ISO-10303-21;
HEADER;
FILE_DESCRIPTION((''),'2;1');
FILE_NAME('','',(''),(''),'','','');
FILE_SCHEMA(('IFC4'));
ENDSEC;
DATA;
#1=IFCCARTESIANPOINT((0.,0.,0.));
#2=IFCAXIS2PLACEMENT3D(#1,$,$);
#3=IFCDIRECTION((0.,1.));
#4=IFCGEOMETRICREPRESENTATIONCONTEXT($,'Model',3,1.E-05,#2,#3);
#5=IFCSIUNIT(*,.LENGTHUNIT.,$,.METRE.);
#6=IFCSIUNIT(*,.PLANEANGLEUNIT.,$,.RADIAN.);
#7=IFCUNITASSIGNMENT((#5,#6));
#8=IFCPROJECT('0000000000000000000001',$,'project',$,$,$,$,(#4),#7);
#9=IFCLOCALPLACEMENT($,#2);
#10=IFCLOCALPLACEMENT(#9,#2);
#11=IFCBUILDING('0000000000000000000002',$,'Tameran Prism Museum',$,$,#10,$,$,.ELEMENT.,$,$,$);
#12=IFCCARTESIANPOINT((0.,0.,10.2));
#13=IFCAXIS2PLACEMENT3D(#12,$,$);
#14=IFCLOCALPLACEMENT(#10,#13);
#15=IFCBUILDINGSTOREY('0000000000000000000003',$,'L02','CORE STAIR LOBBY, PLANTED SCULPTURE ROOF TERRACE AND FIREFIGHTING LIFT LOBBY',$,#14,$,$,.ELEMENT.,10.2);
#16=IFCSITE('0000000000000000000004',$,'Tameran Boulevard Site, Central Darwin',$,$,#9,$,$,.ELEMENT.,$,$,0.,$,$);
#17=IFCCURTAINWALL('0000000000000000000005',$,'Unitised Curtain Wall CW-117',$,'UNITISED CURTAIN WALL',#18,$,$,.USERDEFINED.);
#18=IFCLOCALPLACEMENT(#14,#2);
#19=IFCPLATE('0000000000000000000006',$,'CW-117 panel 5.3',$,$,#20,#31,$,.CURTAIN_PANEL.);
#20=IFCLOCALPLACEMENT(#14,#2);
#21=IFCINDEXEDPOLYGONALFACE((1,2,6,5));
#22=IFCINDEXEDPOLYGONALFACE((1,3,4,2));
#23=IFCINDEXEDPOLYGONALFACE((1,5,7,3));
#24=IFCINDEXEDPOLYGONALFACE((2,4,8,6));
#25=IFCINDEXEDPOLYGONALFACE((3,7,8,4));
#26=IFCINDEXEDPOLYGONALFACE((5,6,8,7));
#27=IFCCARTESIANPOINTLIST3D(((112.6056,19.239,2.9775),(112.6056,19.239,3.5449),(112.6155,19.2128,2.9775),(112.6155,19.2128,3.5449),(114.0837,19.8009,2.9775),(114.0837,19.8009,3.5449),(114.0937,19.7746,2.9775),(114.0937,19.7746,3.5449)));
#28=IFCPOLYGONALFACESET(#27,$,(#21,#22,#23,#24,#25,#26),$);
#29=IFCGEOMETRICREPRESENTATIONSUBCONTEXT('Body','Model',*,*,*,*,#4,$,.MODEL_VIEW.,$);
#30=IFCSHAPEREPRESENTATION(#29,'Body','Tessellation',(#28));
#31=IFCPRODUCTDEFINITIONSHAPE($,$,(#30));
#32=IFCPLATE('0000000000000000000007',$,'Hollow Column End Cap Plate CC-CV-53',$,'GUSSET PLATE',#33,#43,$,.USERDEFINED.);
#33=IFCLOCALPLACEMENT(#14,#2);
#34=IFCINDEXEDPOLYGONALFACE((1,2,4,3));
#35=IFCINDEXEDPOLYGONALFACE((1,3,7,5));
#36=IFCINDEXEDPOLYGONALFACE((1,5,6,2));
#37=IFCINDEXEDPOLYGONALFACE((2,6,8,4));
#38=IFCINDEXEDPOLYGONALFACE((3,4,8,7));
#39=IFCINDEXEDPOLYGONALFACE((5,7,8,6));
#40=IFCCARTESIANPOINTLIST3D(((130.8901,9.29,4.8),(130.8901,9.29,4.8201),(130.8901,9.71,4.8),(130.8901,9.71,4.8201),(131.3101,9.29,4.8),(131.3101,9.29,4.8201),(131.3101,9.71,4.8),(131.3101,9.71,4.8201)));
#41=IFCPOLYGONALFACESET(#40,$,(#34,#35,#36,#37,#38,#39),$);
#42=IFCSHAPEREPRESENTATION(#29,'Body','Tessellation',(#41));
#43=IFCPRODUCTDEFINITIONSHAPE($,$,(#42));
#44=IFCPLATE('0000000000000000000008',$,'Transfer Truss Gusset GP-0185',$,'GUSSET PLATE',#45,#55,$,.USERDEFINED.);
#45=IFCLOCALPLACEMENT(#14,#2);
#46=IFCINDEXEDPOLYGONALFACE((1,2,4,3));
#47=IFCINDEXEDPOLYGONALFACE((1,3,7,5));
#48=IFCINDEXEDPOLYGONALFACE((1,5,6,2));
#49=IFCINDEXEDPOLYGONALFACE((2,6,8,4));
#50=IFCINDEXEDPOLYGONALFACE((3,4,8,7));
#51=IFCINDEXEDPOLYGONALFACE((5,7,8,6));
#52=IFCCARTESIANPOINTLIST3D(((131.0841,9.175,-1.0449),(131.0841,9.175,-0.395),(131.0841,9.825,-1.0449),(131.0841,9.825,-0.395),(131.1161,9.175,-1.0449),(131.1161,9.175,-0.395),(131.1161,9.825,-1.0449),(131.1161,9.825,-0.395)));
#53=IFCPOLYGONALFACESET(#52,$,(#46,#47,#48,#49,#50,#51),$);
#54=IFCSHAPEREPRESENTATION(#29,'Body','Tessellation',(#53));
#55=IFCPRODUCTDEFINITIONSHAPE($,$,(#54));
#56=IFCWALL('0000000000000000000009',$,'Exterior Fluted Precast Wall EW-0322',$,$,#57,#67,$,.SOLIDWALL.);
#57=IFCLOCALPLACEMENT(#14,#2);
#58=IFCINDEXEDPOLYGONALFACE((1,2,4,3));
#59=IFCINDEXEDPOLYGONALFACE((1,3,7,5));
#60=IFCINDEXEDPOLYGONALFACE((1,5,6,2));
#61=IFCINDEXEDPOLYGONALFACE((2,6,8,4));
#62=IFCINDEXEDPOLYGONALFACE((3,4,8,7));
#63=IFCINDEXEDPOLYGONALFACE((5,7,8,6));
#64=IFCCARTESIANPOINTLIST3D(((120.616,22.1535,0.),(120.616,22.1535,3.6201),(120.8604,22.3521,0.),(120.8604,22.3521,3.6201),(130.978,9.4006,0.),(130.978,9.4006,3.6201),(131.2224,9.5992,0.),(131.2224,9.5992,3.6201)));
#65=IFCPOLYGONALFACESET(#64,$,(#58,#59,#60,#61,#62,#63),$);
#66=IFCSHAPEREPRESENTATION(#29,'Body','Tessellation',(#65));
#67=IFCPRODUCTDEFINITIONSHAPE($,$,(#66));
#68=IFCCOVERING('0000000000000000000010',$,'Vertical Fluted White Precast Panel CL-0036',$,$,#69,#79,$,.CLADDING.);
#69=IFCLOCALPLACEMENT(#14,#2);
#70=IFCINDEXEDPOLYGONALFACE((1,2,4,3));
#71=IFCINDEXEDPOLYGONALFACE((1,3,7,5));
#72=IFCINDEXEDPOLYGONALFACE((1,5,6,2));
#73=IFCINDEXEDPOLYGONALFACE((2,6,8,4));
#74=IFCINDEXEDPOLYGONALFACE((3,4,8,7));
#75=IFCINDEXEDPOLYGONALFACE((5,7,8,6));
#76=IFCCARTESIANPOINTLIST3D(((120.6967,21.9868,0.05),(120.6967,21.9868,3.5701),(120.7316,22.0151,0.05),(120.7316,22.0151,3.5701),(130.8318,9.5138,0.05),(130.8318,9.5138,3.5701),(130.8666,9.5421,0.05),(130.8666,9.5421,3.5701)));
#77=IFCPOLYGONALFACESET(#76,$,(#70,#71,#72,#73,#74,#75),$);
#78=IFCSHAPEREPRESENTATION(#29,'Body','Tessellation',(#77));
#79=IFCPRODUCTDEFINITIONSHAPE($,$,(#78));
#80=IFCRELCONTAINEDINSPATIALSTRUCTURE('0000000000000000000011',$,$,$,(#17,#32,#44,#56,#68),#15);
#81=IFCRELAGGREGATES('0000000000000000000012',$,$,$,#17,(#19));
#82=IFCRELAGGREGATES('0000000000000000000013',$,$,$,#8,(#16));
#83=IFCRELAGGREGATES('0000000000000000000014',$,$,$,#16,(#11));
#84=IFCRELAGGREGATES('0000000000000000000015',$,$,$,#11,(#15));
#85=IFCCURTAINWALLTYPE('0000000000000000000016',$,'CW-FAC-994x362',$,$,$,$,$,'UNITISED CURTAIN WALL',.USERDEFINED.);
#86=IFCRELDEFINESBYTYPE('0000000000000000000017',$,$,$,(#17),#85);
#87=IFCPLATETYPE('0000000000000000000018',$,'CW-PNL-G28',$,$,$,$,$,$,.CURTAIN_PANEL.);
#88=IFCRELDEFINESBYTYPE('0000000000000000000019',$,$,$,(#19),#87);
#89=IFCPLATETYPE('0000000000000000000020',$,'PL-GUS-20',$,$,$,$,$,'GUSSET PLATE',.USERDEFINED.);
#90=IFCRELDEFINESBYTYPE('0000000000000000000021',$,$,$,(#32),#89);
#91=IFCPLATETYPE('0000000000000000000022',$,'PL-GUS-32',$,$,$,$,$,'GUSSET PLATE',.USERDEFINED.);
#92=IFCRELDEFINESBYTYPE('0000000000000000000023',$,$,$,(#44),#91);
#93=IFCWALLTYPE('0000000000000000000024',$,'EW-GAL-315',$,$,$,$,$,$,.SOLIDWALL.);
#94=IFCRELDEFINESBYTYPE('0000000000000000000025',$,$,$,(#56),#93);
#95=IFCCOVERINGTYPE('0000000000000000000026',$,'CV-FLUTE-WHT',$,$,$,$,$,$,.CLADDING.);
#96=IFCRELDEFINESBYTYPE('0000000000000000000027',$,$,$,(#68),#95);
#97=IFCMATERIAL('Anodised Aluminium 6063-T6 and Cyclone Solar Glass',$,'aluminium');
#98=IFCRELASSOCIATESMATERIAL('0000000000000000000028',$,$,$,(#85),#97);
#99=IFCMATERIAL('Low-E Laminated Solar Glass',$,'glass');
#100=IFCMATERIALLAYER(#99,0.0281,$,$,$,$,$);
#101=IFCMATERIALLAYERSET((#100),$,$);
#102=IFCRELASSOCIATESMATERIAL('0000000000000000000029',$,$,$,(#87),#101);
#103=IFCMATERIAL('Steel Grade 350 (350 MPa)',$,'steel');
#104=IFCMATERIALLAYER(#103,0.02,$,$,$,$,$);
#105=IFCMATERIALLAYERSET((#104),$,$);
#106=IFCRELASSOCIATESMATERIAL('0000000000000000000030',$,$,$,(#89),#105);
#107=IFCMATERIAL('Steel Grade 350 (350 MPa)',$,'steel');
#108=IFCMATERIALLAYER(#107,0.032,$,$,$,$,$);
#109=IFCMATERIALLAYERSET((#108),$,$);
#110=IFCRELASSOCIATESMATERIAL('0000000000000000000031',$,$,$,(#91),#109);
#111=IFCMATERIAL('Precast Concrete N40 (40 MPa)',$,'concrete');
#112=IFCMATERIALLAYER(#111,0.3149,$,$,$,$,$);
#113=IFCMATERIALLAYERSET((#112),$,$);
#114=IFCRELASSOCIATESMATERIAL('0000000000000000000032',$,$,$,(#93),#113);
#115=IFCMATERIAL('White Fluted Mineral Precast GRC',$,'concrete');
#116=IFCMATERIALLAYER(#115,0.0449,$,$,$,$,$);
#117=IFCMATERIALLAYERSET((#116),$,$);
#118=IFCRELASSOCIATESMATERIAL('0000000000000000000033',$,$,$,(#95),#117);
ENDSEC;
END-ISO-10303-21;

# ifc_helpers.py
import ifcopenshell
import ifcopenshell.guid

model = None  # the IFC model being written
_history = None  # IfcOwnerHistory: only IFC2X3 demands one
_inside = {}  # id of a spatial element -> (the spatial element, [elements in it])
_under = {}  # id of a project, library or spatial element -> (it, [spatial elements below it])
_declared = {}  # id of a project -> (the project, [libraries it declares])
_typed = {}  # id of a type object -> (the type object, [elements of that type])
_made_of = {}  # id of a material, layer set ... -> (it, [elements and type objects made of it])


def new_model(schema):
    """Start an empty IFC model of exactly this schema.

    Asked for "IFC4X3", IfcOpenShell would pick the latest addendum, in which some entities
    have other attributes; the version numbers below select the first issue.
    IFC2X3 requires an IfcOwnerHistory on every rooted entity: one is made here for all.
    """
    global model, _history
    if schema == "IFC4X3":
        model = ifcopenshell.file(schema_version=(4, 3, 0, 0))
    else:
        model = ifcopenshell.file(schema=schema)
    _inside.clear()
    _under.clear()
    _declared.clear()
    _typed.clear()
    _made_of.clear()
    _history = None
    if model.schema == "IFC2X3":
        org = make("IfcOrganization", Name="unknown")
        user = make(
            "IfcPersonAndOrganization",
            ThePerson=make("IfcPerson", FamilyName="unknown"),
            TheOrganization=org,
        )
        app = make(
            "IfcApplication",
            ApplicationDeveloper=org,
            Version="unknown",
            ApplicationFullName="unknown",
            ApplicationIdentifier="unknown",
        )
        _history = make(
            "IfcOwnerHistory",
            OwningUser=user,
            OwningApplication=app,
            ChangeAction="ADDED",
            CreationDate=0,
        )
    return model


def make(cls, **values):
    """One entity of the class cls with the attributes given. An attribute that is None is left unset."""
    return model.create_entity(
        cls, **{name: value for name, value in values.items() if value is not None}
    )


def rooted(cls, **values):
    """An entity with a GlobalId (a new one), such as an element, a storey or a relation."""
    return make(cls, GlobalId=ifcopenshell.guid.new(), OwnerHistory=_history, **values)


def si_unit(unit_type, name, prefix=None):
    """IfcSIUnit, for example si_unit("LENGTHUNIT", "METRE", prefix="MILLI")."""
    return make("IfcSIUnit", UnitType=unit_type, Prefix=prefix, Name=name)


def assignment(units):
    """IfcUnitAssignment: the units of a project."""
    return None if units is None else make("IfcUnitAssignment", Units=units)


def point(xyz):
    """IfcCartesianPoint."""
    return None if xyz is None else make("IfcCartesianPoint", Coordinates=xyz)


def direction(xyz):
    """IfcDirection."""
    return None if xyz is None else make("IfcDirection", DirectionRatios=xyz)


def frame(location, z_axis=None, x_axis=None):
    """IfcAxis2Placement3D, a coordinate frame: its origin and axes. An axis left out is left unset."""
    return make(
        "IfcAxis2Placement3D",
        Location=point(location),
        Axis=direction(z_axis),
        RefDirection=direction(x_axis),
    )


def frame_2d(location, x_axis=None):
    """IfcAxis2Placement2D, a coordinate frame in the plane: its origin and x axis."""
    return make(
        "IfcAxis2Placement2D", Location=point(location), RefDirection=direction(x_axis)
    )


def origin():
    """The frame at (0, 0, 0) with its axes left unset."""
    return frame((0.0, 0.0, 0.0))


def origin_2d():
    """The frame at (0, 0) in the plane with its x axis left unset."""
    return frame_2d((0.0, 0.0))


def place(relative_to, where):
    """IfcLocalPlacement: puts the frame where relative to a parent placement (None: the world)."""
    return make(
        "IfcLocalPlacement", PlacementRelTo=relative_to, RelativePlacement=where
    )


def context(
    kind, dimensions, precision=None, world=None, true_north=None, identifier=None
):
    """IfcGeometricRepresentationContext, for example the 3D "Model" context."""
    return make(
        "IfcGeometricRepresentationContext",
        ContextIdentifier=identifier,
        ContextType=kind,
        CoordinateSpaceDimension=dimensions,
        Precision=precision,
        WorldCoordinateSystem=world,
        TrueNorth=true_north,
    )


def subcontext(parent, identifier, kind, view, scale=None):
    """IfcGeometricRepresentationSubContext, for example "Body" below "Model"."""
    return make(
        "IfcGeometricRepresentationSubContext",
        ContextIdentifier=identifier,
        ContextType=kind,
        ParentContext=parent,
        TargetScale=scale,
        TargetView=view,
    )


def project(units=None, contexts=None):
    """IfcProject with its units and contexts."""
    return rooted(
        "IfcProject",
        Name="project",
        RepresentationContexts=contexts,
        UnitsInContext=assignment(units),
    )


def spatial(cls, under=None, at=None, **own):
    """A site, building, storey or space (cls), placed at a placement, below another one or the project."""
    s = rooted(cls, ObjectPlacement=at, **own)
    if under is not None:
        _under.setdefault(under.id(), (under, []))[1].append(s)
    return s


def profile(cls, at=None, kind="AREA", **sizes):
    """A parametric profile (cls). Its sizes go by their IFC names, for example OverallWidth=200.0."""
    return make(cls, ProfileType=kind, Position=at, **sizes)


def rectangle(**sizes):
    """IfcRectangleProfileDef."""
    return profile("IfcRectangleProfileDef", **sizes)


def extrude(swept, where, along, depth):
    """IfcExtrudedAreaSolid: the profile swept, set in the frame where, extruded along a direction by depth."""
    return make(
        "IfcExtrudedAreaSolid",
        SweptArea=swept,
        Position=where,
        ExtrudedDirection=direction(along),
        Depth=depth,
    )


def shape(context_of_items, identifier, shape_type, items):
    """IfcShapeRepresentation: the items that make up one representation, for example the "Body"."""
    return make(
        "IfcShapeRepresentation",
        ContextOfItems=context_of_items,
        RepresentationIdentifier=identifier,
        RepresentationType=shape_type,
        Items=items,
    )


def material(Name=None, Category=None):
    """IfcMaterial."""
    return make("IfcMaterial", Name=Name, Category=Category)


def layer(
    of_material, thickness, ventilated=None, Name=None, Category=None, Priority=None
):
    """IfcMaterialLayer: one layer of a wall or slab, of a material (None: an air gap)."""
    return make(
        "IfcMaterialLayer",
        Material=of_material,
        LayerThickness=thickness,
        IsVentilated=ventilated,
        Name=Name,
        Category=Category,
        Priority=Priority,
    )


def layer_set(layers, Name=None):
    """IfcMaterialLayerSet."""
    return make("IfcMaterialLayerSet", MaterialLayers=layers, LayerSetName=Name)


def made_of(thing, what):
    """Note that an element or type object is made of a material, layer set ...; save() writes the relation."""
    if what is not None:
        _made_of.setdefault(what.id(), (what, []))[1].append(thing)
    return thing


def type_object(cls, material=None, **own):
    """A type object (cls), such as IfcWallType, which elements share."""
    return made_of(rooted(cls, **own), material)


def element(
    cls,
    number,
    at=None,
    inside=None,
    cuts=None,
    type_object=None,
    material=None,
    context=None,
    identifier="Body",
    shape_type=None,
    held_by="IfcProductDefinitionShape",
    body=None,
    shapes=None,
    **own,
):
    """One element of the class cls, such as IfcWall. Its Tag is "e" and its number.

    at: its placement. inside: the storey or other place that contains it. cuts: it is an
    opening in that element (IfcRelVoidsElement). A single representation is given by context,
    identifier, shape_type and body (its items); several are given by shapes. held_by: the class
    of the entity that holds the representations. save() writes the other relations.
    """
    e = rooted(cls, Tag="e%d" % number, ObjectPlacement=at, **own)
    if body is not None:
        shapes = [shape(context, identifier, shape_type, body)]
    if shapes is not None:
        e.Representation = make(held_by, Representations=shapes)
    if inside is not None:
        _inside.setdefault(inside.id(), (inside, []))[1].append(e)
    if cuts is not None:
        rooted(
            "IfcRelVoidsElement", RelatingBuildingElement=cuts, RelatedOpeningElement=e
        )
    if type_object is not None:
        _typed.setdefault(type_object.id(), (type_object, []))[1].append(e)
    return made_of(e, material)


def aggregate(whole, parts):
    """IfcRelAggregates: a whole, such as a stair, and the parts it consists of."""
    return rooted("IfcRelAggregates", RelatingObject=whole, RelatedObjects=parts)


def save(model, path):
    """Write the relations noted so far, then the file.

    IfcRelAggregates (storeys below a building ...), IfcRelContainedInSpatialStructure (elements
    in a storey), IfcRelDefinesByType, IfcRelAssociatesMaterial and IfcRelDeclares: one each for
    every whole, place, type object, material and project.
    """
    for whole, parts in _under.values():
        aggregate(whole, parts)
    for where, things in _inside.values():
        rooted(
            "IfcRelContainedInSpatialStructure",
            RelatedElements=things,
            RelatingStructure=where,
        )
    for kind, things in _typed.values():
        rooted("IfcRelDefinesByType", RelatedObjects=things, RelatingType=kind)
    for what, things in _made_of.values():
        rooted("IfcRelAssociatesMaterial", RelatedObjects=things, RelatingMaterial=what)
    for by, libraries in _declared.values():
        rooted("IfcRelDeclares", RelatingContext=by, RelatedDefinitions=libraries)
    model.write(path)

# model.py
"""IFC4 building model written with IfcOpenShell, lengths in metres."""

from ifc_helpers import new_model, si_unit, direction, frame, frame_2d, origin, origin_2d, place, context, subcontext, project, spatial, rectangle, extrude, material, layer, layer_set, type_object, element, aggregate, save


model = new_model("IFC4")

# Units and contexts
model_context = context("Model", 3, precision=1e-05, world=origin(), true_north=direction((0.0, 1.0)))
body_context = subcontext(model_context, "Body", "Model", "MODEL_VIEW")
ifc_project = project(units=[si_unit("LENGTHUNIT", "METRE"), si_unit("PLANEANGLEUNIT", "RADIAN")], contexts=[model_context])

# Site, building, storey
site_placement = place(None, origin())
site = spatial("IfcSite", under=ifc_project, at=site_placement, Name="Tameran Boulevard Site, Central Darwin", CompositionType="ELEMENT", RefElevation=0.0)
building_placement = place(site_placement, origin())
building = spatial("IfcBuilding", under=site, at=building_placement, Name="Tameran Prism Museum", CompositionType="ELEMENT")
storey_placement = place(building_placement, frame((0.0, 0.0, 10.2)))
storey = spatial("IfcBuildingStorey", under=building, at=storey_placement, Name="L02", Description="CORE STAIR LOBBY, PLANTED SCULPTURE ROOF TERRACE AND FIREFIGHTING LIFT LOBBY", CompositionType="ELEMENT", Elevation=10.2)

# Curtain wall
ifc_material_1 = material(Name="Anodised Aluminium 6063-T6 and Cyclone Solar Glass", Category="aluminium")
curtain_wall_type = type_object("IfcCurtainWallType", Name="CW-FAC-994x362", ElementType="UNITISED CURTAIN WALL", PredefinedType="USERDEFINED", material=ifc_material_1)
curtain_wall_placement = place(storey_placement, origin())
curtain_wall = element("IfcCurtainWall", 1, at=curtain_wall_placement, inside=storey, type_object=curtain_wall_type, Name="Unitised Curtain Wall CW-117", ObjectType="UNITISED CURTAIN WALL", PredefinedType="USERDEFINED")

# Plate
ifc_material_2 = material(Name="Low-E Laminated Solar Glass", Category="glass")
ifc_layer_1 = layer(ifc_material_2, 0.0281)
ifc_layer_set_1 = layer_set([ifc_layer_1])
plate_type_1 = type_object("IfcPlateType", Name="CW-PNL-G28", PredefinedType="CURTAIN_PANEL", material=ifc_layer_set_1)
plate_1_placement = place(storey_placement, frame((113.3496, 19.5068, 2.9775), z_axis=(0.0, 0.0, 1.0), x_axis=(-0.934757, -0.355288, 0.0)))
plate_1 = element("IfcPlate", 2, at=plate_1_placement, type_object=plate_type_1, Name="CW-117 panel 5.3", PredefinedType="CURTAIN_PANEL", context=body_context, shape_type="SweptSolid", body=[
    extrude(rectangle(XDim=1.5813, YDim=0.0281, at=origin_2d()), origin(), (0.0, 0.0, 1.0), 0.5674),
])
aggregate(curtain_wall, [plate_1])

# Plates
ifc_material_3 = material(Name="Steel Grade 350 (350 MPa)", Category="steel")
ifc_layer_2 = layer(ifc_material_3, 0.02)
ifc_layer_set_2 = layer_set([ifc_layer_2])
plate_type_2 = type_object("IfcPlateType", Name="PL-GUS-20", ElementType="GUSSET PLATE", PredefinedType="USERDEFINED", material=ifc_layer_set_2)
plate_2_placement = place(storey_placement, frame((131.1001, 9.5, 4.8), z_axis=(0.0, 0.0, 1.0), x_axis=(1.0, 0.0, 0.0)))
element("IfcPlate", 3, at=plate_2_placement, inside=storey, type_object=plate_type_2, Name="Hollow Column End Cap Plate CC-CV-53", ObjectType="GUSSET PLATE", PredefinedType="USERDEFINED", context=body_context, shape_type="SweptSolid", body=[
    extrude(rectangle(XDim=0.4199, YDim=0.4199, at=origin_2d()), origin(), (0.0, 0.0, 1.0), 0.02),
])
ifc_material_4 = material(Name="Steel Grade 350 (350 MPa)", Category="steel")
ifc_layer_3 = layer(ifc_material_4, 0.032)
ifc_layer_set_3 = layer_set([ifc_layer_3])
plate_type_3 = type_object("IfcPlateType", Name="PL-GUS-32", ElementType="GUSSET PLATE", PredefinedType="USERDEFINED", material=ifc_layer_set_3)
plate_3_placement = place(storey_placement, frame((131.1001, 9.5, -1.0449), z_axis=(0.0, 0.0, 1.0), x_axis=(1.0, 0.0, 0.0)))
element("IfcPlate", 4, at=plate_3_placement, inside=storey, type_object=plate_type_3, Name="Transfer Truss Gusset GP-0185", ObjectType="GUSSET PLATE", PredefinedType="USERDEFINED", context=body_context, shape_type="SweptSolid", body=[
    extrude(rectangle(XDim=0.032, YDim=0.6499, at=origin_2d()), origin(), (0.0, 0.0, 1.0), 0.6499),
])

# Wall
ifc_material_5 = material(Name="Precast Concrete N40 (40 MPa)", Category="concrete")
ifc_layer_4 = layer(ifc_material_5, 0.3149)
ifc_layer_set_4 = layer_set([ifc_layer_4])
wall_type = type_object("IfcWallType", Name="EW-GAL-315", PredefinedType="SOLIDWALL", material=ifc_layer_set_4)
wall_placement = place(storey_placement, frame((131.1001, 9.5, 0.0), z_axis=(0.0, 0.0, 1.0), x_axis=(-0.630604, 0.776105, 0.0)))
element("IfcWall", 5, at=wall_placement, inside=storey, type_object=wall_type, Name="Exterior Fluted Precast Wall EW-0322", PredefinedType="SOLIDWALL", context=body_context, shape_type="SweptSolid", body=[
    extrude(rectangle(XDim=16.4319, YDim=0.3149, at=frame_2d((8.2158, 0.0))), origin(), (0.0, 0.0, 1.0), 3.6201),
])

# Covering
ifc_material_6 = material(Name="White Fluted Mineral Precast GRC", Category="concrete")
ifc_layer_5 = layer(ifc_material_6, 0.0449)
ifc_layer_set_5 = layer_set([ifc_layer_5])
covering_type = type_object("IfcCoveringType", Name="CV-FLUTE-WHT", PredefinedType="CLADDING", material=ifc_layer_set_5)
covering_placement = place(storey_placement, frame((130.8491, 9.5281, 0.05), z_axis=(0.0, 0.0, 1.0), x_axis=(-0.630622, 0.77609, 0.0)))
element("IfcCovering", 6, at=covering_placement, inside=storey, type_object=covering_type, Name="Vertical Fluted White Precast Panel CL-0036", PredefinedType="CLADDING", context=body_context, shape_type="SweptSolid", body=[
    extrude(rectangle(XDim=16.0715, YDim=0.0449, at=frame_2d((8.0356, 0.0))), origin(), (0.0, 0.0, 1.0), 3.52),
])

save(model, "model.ifc")
